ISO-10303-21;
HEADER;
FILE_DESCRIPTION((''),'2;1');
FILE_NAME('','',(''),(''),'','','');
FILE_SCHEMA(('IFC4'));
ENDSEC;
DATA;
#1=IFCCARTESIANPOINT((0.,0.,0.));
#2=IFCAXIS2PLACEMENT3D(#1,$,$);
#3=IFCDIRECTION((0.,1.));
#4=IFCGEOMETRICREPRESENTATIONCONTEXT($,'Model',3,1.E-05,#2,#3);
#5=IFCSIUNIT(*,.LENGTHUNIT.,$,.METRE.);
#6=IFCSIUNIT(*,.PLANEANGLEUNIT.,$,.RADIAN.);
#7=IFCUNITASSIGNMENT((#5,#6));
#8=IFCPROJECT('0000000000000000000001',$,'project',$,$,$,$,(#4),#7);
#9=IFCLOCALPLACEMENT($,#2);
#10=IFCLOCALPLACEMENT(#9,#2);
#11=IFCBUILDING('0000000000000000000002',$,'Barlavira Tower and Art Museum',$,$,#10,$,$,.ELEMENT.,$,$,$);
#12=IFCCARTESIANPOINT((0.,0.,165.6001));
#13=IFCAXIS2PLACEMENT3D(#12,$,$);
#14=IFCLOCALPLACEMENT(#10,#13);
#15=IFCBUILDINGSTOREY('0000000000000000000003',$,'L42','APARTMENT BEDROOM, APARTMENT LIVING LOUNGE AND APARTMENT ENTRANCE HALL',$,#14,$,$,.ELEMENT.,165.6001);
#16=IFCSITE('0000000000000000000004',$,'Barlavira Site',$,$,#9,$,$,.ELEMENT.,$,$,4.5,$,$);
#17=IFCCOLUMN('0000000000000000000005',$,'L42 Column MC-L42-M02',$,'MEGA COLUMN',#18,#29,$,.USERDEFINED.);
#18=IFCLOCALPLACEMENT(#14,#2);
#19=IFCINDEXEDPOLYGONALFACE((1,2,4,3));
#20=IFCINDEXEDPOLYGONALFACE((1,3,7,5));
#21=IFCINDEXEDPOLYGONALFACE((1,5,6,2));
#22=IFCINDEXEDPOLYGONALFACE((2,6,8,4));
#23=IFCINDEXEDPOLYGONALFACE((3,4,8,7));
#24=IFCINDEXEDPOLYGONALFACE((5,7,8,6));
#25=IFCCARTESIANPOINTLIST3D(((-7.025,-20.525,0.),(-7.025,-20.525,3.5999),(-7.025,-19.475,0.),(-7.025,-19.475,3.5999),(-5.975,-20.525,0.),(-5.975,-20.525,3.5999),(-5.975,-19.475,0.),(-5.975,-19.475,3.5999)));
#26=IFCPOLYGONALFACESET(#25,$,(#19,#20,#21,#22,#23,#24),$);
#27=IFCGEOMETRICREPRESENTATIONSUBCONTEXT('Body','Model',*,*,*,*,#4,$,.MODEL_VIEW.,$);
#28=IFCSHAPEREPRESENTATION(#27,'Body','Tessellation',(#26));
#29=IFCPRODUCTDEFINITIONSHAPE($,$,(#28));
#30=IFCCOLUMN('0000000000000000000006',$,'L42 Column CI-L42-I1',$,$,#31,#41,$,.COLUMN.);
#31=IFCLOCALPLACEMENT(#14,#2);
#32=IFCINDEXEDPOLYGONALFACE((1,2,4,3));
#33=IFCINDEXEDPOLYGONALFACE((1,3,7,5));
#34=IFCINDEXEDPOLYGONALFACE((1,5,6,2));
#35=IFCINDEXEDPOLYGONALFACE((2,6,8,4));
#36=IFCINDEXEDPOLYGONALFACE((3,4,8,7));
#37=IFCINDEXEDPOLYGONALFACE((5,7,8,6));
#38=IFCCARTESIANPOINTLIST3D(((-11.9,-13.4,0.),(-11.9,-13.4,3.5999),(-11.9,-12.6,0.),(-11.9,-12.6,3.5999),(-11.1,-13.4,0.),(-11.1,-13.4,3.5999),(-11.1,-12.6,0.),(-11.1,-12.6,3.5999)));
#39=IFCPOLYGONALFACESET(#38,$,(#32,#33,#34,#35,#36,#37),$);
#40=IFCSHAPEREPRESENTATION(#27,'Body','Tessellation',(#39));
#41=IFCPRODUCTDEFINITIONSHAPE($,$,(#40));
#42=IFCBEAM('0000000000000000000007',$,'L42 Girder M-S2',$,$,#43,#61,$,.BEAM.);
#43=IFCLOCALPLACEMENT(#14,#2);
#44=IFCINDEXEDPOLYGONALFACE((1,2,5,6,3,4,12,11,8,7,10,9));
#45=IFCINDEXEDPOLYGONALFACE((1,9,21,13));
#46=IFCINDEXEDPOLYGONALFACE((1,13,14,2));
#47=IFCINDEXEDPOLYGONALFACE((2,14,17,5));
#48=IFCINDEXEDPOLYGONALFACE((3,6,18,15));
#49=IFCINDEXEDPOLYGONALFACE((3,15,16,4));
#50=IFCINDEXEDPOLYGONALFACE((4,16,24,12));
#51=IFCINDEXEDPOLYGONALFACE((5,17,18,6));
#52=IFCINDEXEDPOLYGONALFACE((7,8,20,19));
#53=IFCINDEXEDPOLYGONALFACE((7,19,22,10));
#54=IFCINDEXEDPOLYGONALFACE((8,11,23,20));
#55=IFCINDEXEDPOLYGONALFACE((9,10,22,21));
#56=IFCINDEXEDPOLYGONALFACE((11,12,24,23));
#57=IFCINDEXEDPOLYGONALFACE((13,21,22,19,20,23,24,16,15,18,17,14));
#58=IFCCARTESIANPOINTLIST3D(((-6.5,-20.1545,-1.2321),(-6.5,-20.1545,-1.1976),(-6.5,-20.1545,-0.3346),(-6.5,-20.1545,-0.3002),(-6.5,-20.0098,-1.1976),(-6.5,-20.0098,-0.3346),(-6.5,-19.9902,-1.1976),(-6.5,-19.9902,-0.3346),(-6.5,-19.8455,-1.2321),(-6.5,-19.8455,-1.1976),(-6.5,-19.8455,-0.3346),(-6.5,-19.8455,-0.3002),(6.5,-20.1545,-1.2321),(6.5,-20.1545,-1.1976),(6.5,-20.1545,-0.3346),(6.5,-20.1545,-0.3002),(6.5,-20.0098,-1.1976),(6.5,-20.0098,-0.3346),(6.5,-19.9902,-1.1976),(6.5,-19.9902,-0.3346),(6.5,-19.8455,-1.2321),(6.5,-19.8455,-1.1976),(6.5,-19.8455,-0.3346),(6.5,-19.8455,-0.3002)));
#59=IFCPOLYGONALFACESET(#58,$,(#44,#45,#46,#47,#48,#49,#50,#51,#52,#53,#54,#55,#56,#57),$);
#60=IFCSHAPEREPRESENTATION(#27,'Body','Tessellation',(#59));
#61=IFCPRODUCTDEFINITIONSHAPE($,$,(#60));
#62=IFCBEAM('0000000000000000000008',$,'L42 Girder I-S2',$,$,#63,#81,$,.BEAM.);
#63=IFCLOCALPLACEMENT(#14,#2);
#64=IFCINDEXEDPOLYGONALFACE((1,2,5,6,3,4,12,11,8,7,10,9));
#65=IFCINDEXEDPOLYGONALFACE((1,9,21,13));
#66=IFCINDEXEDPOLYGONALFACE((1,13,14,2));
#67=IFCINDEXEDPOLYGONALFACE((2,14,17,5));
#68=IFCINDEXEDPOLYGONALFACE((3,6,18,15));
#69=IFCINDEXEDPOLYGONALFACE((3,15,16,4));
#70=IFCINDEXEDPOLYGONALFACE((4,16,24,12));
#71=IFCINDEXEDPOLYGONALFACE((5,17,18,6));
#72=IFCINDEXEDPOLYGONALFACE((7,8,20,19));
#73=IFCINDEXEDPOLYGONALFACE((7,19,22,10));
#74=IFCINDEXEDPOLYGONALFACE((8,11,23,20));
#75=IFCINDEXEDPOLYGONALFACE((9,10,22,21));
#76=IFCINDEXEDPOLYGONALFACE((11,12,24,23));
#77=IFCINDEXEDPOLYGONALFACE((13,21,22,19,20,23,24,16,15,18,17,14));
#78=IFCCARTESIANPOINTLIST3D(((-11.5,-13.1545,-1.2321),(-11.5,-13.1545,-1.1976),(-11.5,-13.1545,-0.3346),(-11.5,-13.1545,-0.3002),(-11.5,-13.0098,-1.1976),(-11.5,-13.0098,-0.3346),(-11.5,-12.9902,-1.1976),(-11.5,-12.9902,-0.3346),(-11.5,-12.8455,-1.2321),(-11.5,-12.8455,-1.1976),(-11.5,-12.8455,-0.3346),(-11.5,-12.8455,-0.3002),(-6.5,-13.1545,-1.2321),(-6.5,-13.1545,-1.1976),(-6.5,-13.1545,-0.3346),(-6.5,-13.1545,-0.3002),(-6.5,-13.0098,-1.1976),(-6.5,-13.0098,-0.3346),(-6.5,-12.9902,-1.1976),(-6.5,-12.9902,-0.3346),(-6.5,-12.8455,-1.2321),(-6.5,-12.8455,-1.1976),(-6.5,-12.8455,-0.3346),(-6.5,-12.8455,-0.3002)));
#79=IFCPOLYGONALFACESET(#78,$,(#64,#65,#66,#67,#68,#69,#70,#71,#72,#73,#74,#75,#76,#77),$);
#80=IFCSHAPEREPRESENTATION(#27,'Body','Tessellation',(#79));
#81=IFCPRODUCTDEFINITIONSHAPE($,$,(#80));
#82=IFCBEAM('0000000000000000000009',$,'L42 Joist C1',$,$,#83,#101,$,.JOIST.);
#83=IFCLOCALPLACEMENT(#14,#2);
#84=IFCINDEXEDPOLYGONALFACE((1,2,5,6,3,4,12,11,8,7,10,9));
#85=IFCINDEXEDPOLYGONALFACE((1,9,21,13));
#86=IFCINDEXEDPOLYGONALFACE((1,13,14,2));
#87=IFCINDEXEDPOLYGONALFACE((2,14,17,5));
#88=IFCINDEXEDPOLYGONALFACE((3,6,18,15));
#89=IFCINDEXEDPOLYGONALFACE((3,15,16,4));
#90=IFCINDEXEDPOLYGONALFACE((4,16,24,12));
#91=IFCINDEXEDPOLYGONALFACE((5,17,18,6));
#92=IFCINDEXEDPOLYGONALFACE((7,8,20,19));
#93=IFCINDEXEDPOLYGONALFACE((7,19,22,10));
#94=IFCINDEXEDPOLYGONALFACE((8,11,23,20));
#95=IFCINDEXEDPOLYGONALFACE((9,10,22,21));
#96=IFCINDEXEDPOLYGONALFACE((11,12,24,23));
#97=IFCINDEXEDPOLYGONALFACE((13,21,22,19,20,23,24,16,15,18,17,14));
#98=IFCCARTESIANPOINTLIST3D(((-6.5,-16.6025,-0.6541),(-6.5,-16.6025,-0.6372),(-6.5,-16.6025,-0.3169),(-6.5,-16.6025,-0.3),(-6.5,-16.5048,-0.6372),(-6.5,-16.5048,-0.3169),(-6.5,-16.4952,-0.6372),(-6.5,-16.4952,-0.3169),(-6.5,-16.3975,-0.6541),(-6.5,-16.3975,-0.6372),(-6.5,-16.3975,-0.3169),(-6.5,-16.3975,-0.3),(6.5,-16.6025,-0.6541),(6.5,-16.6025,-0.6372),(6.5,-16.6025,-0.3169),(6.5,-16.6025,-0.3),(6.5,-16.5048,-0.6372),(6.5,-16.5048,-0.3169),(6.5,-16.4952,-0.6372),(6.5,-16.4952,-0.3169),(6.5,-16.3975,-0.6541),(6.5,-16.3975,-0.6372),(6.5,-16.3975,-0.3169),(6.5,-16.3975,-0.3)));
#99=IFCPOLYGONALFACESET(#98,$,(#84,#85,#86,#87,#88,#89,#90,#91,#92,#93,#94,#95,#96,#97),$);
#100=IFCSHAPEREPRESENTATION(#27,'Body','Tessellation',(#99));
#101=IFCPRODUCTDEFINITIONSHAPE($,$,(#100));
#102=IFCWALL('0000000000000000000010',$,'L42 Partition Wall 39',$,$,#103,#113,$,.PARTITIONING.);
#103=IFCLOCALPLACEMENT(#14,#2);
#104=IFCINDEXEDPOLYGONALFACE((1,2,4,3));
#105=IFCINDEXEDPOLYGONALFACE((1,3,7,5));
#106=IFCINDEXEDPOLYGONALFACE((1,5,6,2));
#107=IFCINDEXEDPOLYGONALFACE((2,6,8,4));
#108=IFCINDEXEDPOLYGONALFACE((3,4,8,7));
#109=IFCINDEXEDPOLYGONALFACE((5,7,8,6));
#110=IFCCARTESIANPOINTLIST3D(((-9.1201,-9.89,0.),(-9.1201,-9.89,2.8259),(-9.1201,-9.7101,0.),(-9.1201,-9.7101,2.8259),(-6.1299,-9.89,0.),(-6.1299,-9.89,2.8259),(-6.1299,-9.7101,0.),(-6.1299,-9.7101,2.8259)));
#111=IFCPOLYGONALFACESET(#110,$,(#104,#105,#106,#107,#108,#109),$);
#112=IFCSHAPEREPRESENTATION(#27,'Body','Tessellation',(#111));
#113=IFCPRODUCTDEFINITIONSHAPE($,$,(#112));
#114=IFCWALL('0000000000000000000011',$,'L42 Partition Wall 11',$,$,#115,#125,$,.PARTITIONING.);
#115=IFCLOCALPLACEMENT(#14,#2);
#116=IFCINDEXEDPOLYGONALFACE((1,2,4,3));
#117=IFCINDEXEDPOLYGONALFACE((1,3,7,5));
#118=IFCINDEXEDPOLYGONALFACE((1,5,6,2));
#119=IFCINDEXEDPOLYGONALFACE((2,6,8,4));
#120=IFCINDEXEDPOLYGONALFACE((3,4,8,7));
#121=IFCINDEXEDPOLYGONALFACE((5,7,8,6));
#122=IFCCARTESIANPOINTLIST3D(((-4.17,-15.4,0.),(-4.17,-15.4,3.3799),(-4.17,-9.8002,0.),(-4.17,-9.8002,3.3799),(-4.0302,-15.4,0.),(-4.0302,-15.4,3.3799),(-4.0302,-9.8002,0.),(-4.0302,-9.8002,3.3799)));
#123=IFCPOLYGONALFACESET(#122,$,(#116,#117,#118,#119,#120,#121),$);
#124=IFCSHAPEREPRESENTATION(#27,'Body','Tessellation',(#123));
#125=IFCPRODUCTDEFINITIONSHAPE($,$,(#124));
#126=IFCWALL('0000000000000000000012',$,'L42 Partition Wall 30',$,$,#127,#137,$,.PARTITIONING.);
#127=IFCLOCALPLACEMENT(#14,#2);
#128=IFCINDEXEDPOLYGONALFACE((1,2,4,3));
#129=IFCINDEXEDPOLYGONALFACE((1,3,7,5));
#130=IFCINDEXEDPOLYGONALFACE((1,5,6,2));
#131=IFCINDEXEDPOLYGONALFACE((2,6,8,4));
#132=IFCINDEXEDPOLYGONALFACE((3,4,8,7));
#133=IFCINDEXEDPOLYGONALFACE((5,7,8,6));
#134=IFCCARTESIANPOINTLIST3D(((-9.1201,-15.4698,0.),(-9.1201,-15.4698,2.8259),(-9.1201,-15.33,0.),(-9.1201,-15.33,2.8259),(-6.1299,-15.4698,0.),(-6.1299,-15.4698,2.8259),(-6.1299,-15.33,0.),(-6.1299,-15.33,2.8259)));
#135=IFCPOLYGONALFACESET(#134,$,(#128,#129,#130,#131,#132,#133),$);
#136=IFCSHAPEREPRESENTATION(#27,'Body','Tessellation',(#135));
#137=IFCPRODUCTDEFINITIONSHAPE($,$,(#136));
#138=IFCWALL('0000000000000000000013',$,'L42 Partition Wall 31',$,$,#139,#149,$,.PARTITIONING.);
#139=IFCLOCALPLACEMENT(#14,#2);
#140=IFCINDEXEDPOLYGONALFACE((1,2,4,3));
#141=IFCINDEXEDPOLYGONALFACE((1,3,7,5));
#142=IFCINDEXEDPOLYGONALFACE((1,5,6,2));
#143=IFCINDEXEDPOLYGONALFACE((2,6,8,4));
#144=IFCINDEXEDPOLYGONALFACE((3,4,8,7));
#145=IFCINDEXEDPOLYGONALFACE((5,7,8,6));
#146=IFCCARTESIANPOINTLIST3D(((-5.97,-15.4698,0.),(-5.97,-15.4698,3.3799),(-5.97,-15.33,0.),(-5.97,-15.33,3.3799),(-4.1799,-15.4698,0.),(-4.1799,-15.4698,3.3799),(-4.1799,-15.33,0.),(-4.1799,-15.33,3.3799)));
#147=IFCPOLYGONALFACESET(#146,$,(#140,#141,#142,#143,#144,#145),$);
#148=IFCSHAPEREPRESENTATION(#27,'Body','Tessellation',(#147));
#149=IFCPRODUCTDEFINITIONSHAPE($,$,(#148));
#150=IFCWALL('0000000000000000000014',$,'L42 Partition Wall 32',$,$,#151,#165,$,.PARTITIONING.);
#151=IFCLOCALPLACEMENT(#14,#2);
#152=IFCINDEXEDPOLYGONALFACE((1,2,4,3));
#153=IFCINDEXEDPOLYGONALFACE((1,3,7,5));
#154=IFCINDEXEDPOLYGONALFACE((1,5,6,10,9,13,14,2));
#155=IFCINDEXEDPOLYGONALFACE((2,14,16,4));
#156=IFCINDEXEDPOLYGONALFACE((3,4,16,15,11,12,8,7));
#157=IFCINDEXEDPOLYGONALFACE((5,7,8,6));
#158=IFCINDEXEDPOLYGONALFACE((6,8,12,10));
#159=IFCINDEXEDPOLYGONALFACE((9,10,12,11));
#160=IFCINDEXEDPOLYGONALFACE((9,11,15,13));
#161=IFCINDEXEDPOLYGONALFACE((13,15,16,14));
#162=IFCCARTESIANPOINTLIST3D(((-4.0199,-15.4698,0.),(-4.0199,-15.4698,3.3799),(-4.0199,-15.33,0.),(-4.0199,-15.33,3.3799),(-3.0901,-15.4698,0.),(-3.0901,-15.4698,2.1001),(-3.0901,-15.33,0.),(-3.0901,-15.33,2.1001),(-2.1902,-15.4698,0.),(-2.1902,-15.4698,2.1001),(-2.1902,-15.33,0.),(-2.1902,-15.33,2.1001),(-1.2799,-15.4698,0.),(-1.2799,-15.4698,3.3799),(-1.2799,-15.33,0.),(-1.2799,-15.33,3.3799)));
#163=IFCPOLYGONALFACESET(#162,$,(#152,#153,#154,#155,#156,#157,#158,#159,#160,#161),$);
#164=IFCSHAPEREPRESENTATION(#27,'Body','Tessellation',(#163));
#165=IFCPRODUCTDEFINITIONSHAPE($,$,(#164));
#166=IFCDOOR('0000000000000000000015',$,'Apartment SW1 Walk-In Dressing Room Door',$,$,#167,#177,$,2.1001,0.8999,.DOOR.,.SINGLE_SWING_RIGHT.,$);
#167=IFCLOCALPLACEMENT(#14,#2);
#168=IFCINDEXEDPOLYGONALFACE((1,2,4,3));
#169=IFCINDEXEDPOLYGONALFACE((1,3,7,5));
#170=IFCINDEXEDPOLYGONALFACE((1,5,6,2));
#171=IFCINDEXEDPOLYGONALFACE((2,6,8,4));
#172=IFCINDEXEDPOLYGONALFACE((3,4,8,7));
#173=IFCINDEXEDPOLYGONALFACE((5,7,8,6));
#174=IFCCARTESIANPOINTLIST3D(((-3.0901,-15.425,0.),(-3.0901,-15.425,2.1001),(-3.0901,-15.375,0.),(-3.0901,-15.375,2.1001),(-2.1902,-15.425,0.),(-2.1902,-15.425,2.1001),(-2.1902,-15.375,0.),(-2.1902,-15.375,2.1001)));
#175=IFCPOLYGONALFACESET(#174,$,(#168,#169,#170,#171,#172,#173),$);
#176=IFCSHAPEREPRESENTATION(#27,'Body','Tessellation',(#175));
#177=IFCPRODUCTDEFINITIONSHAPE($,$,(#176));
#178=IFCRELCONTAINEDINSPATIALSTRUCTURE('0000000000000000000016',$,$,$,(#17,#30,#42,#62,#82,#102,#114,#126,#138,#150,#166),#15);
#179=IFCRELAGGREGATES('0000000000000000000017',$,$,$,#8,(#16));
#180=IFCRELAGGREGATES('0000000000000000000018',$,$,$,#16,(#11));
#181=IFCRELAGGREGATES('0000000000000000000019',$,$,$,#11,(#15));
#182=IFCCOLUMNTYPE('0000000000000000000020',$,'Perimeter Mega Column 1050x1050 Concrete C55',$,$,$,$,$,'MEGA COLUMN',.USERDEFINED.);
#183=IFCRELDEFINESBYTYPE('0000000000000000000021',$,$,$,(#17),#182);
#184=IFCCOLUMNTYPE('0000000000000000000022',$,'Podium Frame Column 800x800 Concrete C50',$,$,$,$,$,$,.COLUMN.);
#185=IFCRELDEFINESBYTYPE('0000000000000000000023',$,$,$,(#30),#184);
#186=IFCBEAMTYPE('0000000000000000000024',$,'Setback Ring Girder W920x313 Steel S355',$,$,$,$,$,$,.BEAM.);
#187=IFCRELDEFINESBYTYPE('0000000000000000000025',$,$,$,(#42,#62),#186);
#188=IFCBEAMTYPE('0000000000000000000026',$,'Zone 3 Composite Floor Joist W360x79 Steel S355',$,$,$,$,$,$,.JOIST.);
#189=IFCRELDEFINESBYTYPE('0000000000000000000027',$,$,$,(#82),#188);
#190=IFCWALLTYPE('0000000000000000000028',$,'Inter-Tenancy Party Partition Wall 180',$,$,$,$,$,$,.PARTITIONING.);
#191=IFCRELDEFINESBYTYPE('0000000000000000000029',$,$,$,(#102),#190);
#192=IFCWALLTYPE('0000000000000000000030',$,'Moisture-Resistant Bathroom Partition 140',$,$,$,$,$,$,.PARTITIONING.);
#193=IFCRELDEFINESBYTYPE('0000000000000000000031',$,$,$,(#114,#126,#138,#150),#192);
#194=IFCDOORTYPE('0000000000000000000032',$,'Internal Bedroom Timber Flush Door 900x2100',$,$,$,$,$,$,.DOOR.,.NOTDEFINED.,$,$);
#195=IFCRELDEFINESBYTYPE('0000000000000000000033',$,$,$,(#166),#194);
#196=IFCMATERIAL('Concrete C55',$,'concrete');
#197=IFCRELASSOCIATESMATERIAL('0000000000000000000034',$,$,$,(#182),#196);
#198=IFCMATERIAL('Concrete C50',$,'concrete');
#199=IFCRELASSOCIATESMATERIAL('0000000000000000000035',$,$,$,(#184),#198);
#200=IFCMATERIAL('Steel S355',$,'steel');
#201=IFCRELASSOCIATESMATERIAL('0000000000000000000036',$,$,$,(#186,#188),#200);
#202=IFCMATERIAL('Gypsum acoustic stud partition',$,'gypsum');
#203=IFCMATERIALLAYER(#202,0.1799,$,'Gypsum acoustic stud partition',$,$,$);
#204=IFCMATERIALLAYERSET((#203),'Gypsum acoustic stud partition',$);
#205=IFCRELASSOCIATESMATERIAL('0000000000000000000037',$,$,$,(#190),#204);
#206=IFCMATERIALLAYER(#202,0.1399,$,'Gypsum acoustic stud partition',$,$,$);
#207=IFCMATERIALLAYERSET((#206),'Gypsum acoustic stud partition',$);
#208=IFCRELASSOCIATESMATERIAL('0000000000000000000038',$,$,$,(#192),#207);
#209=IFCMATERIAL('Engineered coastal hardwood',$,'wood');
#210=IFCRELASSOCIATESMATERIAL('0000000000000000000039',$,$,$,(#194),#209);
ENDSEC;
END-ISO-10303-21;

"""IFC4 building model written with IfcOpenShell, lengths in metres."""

from ifc_helpers import new_model, si_unit, direction, frame, frame_2d, origin, origin_2d, place, context, subcontext, project, spatial, rectangle, i_section, extrude, material, layer, layer_set, material_profile, profile_set, type_object, element, fill, save


model = new_model("IFC4")

# Units and contexts
model_context = context("Model", 3, precision=1e-05, world=origin(), true_north=direction((0.0, 1.0)))
body_context = subcontext(model_context, "Body", "Model", "MODEL_VIEW")
ifc_project = project(units=[si_unit("LENGTHUNIT", "METRE"), si_unit("PLANEANGLEUNIT", "RADIAN")], contexts=[model_context])

# Site, building, storey
site_placement = place(None, origin())
site = spatial("IfcSite", under=ifc_project, at=site_placement, Name="Barlavira Site", CompositionType="ELEMENT", RefElevation=4.5)
building_placement = place(site_placement, origin())
building = spatial("IfcBuilding", under=site, at=building_placement, Name="Barlavira Tower and Art Museum", CompositionType="ELEMENT")
storey_placement = place(building_placement, frame((0.0, 0.0, 165.6001)))
storey = spatial("IfcBuildingStorey", under=building, at=storey_placement, Name="L42", Description="APARTMENT BEDROOM, APARTMENT LIVING LOUNGE AND APARTMENT ENTRANCE HALL", CompositionType="ELEMENT", Elevation=165.6001)

# Columns
ifc_material_1 = material(Name="Concrete C55", Category="concrete")
ifc_material_profile_1 = material_profile(ifc_material_1, rectangle(XDim=1.05, YDim=1.05, at=origin_2d()), Name="RC-COL 1050x1050")
ifc_profile_set_1 = profile_set([ifc_material_profile_1], Name="Concrete C55")
column_type_1 = type_object("IfcColumnType", Name="Perimeter Mega Column 1050x1050 Concrete C55", ElementType="MEGA COLUMN", PredefinedType="USERDEFINED", material=ifc_profile_set_1)
column_1_placement = place(storey_placement, frame((-6.5, -20.0, 0.0), z_axis=(0.0, 0.0, 1.0), x_axis=(1.0, 0.0, 0.0)))
element("IfcColumn", 1, at=column_1_placement, inside=storey, type_object=column_type_1, Name="L42 Column MC-L42-M02", ObjectType="MEGA COLUMN", PredefinedType="USERDEFINED", context=body_context, shape_type="SweptSolid", body=[
    extrude(rectangle(XDim=1.05, YDim=1.05, at=origin_2d()), origin(), (0.0, 0.0, 1.0), 3.5999),
])
ifc_material_2 = material(Name="Concrete C50", Category="concrete")
ifc_material_profile_2 = material_profile(ifc_material_2, rectangle(XDim=0.8, YDim=0.8, at=origin_2d()), Name="RC-COL 800x800")
ifc_profile_set_2 = profile_set([ifc_material_profile_2], Name="Concrete C50")
column_type_2 = type_object("IfcColumnType", Name="Podium Frame Column 800x800 Concrete C50", PredefinedType="COLUMN", material=ifc_profile_set_2)
column_2_placement = place(storey_placement, frame((-11.5, -13.0, 0.0), z_axis=(0.0, 0.0, 1.0), x_axis=(1.0, 0.0, 0.0)))
element("IfcColumn", 2, at=column_2_placement, inside=storey, type_object=column_type_2, Name="L42 Column CI-L42-I1", PredefinedType="COLUMN", context=body_context, shape_type="SweptSolid", body=[
    extrude(rectangle(XDim=0.8, YDim=0.8, at=origin_2d()), origin(), (0.0, 0.0, 1.0), 3.5999),
])

# Beams
ifc_material_3 = material(Name="Steel S355", Category="steel")
ifc_material_profile_3 = material_profile(ifc_material_3, i_section(OverallWidth=0.3091, OverallDepth=0.9319, WebThickness=0.0195, FlangeThickness=0.0344, at=origin_2d()), Name="W920x313.0")
ifc_profile_set_3 = profile_set([ifc_material_profile_3], Name="Steel S355")
beam_type_1 = type_object("IfcBeamType", Name="Setback Ring Girder W920x313 Steel S355", PredefinedType="BEAM", material=ifc_profile_set_3)
beam_1_placement = place(storey_placement, frame((-6.5, -20.0, -0.7661), z_axis=(1.0, 0.0, 0.0), x_axis=(0.0, 1.0, 0.0)))
element("IfcBeam", 3, at=beam_1_placement, inside=storey, type_object=beam_type_1, Name="L42 Girder M-S2", PredefinedType="BEAM", context=body_context, shape_type="SweptSolid", body=[
    extrude(i_section(OverallWidth=0.3091, OverallDepth=0.9319, WebThickness=0.0195, FlangeThickness=0.0344, at=origin_2d()), origin(), (0.0, 0.0, 1.0), 13.0),
])
beam_2_placement = place(storey_placement, frame((-11.5, -13.0, -0.7661), z_axis=(1.0, 0.0, 0.0), x_axis=(0.0, 1.0, 0.0)))
element("IfcBeam", 4, at=beam_2_placement, inside=storey, type_object=beam_type_1, Name="L42 Girder I-S2", PredefinedType="BEAM", context=body_context, shape_type="SweptSolid", body=[
    extrude(i_section(OverallWidth=0.3091, OverallDepth=0.9319, WebThickness=0.0195, FlangeThickness=0.0344, at=origin_2d()), origin(), (0.0, 0.0, 1.0), 5.0),
])
ifc_material_profile_4 = material_profile(ifc_material_3, i_section(OverallWidth=0.2051, OverallDepth=0.354, WebThickness=0.0095, FlangeThickness=0.0168, at=origin_2d()), Name="W360x79.0")
ifc_profile_set_4 = profile_set([ifc_material_profile_4], Name="Steel S355")
beam_type_2 = type_object("IfcBeamType", Name="Zone 3 Composite Floor Joist W360x79 Steel S355", PredefinedType="JOIST", material=ifc_profile_set_4)
beam_3_placement = place(storey_placement, frame((-6.5, -16.5, -0.4771), z_axis=(1.0, 0.0, 0.0), x_axis=(0.0, 1.0, 0.0)))
element("IfcBeam", 5, at=beam_3_placement, inside=storey, type_object=beam_type_2, Name="L42 Joist C1", PredefinedType="JOIST", context=body_context, shape_type="SweptSolid", body=[
    extrude(i_section(OverallWidth=0.2051, OverallDepth=0.354, WebThickness=0.0095, FlangeThickness=0.0168, at=origin_2d()), origin(), (0.0, 0.0, 1.0), 13.0),
])

# Walls
ifc_material_4 = material(Name="Gypsum acoustic stud partition", Category="gypsum")
ifc_layer_1 = layer(ifc_material_4, 0.1799, Name="Gypsum acoustic stud partition")
ifc_layer_set_1 = layer_set([ifc_layer_1], Name="Gypsum acoustic stud partition")
wall_type_1 = type_object("IfcWallType", Name="Inter-Tenancy Party Partition Wall 180", PredefinedType="PARTITIONING", material=ifc_layer_set_1)
wall_1_placement = place(storey_placement, frame((-9.1201, -9.8, 0.0), z_axis=(0.0, 0.0, 1.0), x_axis=(1.0, 0.0, 0.0)))
element("IfcWall", 6, at=wall_1_placement, inside=storey, type_object=wall_type_1, Name="L42 Partition Wall 39", PredefinedType="PARTITIONING", context=body_context, shape_type="SweptSolid", body=[
    extrude(rectangle(XDim=2.9902, YDim=0.1799, at=frame_2d((1.4951, 0.0))), origin(), (0.0, 0.0, 1.0), 2.8259),
])
ifc_layer_2 = layer(ifc_material_4, 0.1399, Name="Gypsum acoustic stud partition")
ifc_layer_set_2 = layer_set([ifc_layer_2], Name="Gypsum acoustic stud partition")
wall_type_2 = type_object("IfcWallType", Name="Moisture-Resistant Bathroom Partition 140", PredefinedType="PARTITIONING", material=ifc_layer_set_2)
wall_2_placement = place(storey_placement, frame((-4.1001, -15.3999, 0.0), z_axis=(0.0, 0.0, 1.0), x_axis=(0.0, 1.0, 0.0)))
element("IfcWall", 7, at=wall_2_placement, inside=storey, type_object=wall_type_2, Name="L42 Partition Wall 11", PredefinedType="PARTITIONING", context=body_context, shape_type="SweptSolid", body=[
    extrude(rectangle(XDim=5.5999, YDim=0.1399, at=frame_2d((2.7998, 0.0))), origin(), (0.0, 0.0, 1.0), 3.3799),
])
wall_3_placement = place(storey_placement, frame((-9.1201, -15.3999, 0.0), z_axis=(0.0, 0.0, 1.0), x_axis=(1.0, 0.0, 0.0)))
element("IfcWall", 8, at=wall_3_placement, inside=storey, type_object=wall_type_2, Name="L42 Partition Wall 30", PredefinedType="PARTITIONING", context=body_context, shape_type="SweptSolid", body=[
    extrude(rectangle(XDim=2.9902, YDim=0.1399, at=frame_2d((1.4951, 0.0))), origin(), (0.0, 0.0, 1.0), 2.8259),
])
wall_4_placement = place(storey_placement, frame((-5.97, -15.3999, 0.0), z_axis=(0.0, 0.0, 1.0), x_axis=(1.0, 0.0, 0.0)))
element("IfcWall", 9, at=wall_4_placement, inside=storey, type_object=wall_type_2, Name="L42 Partition Wall 31", PredefinedType="PARTITIONING", context=body_context, shape_type="SweptSolid", body=[
    extrude(rectangle(XDim=1.79, YDim=0.1399, at=frame_2d((0.895, 0.0))), origin(), (0.0, 0.0, 1.0), 3.3799),
])

# Wall, opening, door
wall_5_placement = place(storey_placement, frame((-4.02, -15.3999, 0.0), z_axis=(0.0, 0.0, 1.0), x_axis=(1.0, 0.0, 0.0)))
wall_5 = element("IfcWall", 10, at=wall_5_placement, inside=storey, type_object=wall_type_2, Name="L42 Partition Wall 32", PredefinedType="PARTITIONING", context=body_context, shape_type="SweptSolid", body=[
    extrude(rectangle(XDim=2.74, YDim=0.1399, at=frame_2d((1.3701, 0.0))), origin(), (0.0, 0.0, 1.0), 3.3799),
])
opening_placement = place(wall_5_placement, frame((0.9299, 0.0, 0.0)))
opening = element("IfcOpeningElement", 11, at=opening_placement, cuts=wall_5, PredefinedType="OPENING", context=body_context, shape_type="SweptSolid", body=[
    extrude(rectangle(XDim=0.8999, YDim=2.1001, at=frame_2d((0.45, 1.05))), frame((0.0, 0.0801, 0.0), z_axis=(0.0, -1.0, 0.0), x_axis=(1.0, 0.0, 0.0)), (0.0, 0.0, 1.0), 0.1599),
])
ifc_material_5 = material(Name="Engineered coastal hardwood", Category="wood")
door_type = type_object("IfcDoorType", Name="Internal Bedroom Timber Flush Door 900x2100", OperationType="NOTDEFINED", PredefinedType="DOOR", material=ifc_material_5)
door_placement = place(opening_placement, origin())
door = element("IfcDoor", 12, at=door_placement, inside=storey, type_object=door_type, Name="Apartment SW1 Walk-In Dressing Room Door", OperationType="SINGLE_SWING_RIGHT", OverallHeight=2.1001, OverallWidth=0.8999, PredefinedType="DOOR", context=body_context, shape_type="SweptSolid", body=[
    extrude(rectangle(XDim=0.8999, YDim=2.1001, at=frame_2d((0.45, 1.05))), frame((0.0, 0.0249, 0.0), z_axis=(0.0, -1.0, 0.0), x_axis=(1.0, 0.0, 0.0)), (0.0, 0.0, 1.0), 0.05),
])
fill(opening, door)

save(model, "model.ifc")
